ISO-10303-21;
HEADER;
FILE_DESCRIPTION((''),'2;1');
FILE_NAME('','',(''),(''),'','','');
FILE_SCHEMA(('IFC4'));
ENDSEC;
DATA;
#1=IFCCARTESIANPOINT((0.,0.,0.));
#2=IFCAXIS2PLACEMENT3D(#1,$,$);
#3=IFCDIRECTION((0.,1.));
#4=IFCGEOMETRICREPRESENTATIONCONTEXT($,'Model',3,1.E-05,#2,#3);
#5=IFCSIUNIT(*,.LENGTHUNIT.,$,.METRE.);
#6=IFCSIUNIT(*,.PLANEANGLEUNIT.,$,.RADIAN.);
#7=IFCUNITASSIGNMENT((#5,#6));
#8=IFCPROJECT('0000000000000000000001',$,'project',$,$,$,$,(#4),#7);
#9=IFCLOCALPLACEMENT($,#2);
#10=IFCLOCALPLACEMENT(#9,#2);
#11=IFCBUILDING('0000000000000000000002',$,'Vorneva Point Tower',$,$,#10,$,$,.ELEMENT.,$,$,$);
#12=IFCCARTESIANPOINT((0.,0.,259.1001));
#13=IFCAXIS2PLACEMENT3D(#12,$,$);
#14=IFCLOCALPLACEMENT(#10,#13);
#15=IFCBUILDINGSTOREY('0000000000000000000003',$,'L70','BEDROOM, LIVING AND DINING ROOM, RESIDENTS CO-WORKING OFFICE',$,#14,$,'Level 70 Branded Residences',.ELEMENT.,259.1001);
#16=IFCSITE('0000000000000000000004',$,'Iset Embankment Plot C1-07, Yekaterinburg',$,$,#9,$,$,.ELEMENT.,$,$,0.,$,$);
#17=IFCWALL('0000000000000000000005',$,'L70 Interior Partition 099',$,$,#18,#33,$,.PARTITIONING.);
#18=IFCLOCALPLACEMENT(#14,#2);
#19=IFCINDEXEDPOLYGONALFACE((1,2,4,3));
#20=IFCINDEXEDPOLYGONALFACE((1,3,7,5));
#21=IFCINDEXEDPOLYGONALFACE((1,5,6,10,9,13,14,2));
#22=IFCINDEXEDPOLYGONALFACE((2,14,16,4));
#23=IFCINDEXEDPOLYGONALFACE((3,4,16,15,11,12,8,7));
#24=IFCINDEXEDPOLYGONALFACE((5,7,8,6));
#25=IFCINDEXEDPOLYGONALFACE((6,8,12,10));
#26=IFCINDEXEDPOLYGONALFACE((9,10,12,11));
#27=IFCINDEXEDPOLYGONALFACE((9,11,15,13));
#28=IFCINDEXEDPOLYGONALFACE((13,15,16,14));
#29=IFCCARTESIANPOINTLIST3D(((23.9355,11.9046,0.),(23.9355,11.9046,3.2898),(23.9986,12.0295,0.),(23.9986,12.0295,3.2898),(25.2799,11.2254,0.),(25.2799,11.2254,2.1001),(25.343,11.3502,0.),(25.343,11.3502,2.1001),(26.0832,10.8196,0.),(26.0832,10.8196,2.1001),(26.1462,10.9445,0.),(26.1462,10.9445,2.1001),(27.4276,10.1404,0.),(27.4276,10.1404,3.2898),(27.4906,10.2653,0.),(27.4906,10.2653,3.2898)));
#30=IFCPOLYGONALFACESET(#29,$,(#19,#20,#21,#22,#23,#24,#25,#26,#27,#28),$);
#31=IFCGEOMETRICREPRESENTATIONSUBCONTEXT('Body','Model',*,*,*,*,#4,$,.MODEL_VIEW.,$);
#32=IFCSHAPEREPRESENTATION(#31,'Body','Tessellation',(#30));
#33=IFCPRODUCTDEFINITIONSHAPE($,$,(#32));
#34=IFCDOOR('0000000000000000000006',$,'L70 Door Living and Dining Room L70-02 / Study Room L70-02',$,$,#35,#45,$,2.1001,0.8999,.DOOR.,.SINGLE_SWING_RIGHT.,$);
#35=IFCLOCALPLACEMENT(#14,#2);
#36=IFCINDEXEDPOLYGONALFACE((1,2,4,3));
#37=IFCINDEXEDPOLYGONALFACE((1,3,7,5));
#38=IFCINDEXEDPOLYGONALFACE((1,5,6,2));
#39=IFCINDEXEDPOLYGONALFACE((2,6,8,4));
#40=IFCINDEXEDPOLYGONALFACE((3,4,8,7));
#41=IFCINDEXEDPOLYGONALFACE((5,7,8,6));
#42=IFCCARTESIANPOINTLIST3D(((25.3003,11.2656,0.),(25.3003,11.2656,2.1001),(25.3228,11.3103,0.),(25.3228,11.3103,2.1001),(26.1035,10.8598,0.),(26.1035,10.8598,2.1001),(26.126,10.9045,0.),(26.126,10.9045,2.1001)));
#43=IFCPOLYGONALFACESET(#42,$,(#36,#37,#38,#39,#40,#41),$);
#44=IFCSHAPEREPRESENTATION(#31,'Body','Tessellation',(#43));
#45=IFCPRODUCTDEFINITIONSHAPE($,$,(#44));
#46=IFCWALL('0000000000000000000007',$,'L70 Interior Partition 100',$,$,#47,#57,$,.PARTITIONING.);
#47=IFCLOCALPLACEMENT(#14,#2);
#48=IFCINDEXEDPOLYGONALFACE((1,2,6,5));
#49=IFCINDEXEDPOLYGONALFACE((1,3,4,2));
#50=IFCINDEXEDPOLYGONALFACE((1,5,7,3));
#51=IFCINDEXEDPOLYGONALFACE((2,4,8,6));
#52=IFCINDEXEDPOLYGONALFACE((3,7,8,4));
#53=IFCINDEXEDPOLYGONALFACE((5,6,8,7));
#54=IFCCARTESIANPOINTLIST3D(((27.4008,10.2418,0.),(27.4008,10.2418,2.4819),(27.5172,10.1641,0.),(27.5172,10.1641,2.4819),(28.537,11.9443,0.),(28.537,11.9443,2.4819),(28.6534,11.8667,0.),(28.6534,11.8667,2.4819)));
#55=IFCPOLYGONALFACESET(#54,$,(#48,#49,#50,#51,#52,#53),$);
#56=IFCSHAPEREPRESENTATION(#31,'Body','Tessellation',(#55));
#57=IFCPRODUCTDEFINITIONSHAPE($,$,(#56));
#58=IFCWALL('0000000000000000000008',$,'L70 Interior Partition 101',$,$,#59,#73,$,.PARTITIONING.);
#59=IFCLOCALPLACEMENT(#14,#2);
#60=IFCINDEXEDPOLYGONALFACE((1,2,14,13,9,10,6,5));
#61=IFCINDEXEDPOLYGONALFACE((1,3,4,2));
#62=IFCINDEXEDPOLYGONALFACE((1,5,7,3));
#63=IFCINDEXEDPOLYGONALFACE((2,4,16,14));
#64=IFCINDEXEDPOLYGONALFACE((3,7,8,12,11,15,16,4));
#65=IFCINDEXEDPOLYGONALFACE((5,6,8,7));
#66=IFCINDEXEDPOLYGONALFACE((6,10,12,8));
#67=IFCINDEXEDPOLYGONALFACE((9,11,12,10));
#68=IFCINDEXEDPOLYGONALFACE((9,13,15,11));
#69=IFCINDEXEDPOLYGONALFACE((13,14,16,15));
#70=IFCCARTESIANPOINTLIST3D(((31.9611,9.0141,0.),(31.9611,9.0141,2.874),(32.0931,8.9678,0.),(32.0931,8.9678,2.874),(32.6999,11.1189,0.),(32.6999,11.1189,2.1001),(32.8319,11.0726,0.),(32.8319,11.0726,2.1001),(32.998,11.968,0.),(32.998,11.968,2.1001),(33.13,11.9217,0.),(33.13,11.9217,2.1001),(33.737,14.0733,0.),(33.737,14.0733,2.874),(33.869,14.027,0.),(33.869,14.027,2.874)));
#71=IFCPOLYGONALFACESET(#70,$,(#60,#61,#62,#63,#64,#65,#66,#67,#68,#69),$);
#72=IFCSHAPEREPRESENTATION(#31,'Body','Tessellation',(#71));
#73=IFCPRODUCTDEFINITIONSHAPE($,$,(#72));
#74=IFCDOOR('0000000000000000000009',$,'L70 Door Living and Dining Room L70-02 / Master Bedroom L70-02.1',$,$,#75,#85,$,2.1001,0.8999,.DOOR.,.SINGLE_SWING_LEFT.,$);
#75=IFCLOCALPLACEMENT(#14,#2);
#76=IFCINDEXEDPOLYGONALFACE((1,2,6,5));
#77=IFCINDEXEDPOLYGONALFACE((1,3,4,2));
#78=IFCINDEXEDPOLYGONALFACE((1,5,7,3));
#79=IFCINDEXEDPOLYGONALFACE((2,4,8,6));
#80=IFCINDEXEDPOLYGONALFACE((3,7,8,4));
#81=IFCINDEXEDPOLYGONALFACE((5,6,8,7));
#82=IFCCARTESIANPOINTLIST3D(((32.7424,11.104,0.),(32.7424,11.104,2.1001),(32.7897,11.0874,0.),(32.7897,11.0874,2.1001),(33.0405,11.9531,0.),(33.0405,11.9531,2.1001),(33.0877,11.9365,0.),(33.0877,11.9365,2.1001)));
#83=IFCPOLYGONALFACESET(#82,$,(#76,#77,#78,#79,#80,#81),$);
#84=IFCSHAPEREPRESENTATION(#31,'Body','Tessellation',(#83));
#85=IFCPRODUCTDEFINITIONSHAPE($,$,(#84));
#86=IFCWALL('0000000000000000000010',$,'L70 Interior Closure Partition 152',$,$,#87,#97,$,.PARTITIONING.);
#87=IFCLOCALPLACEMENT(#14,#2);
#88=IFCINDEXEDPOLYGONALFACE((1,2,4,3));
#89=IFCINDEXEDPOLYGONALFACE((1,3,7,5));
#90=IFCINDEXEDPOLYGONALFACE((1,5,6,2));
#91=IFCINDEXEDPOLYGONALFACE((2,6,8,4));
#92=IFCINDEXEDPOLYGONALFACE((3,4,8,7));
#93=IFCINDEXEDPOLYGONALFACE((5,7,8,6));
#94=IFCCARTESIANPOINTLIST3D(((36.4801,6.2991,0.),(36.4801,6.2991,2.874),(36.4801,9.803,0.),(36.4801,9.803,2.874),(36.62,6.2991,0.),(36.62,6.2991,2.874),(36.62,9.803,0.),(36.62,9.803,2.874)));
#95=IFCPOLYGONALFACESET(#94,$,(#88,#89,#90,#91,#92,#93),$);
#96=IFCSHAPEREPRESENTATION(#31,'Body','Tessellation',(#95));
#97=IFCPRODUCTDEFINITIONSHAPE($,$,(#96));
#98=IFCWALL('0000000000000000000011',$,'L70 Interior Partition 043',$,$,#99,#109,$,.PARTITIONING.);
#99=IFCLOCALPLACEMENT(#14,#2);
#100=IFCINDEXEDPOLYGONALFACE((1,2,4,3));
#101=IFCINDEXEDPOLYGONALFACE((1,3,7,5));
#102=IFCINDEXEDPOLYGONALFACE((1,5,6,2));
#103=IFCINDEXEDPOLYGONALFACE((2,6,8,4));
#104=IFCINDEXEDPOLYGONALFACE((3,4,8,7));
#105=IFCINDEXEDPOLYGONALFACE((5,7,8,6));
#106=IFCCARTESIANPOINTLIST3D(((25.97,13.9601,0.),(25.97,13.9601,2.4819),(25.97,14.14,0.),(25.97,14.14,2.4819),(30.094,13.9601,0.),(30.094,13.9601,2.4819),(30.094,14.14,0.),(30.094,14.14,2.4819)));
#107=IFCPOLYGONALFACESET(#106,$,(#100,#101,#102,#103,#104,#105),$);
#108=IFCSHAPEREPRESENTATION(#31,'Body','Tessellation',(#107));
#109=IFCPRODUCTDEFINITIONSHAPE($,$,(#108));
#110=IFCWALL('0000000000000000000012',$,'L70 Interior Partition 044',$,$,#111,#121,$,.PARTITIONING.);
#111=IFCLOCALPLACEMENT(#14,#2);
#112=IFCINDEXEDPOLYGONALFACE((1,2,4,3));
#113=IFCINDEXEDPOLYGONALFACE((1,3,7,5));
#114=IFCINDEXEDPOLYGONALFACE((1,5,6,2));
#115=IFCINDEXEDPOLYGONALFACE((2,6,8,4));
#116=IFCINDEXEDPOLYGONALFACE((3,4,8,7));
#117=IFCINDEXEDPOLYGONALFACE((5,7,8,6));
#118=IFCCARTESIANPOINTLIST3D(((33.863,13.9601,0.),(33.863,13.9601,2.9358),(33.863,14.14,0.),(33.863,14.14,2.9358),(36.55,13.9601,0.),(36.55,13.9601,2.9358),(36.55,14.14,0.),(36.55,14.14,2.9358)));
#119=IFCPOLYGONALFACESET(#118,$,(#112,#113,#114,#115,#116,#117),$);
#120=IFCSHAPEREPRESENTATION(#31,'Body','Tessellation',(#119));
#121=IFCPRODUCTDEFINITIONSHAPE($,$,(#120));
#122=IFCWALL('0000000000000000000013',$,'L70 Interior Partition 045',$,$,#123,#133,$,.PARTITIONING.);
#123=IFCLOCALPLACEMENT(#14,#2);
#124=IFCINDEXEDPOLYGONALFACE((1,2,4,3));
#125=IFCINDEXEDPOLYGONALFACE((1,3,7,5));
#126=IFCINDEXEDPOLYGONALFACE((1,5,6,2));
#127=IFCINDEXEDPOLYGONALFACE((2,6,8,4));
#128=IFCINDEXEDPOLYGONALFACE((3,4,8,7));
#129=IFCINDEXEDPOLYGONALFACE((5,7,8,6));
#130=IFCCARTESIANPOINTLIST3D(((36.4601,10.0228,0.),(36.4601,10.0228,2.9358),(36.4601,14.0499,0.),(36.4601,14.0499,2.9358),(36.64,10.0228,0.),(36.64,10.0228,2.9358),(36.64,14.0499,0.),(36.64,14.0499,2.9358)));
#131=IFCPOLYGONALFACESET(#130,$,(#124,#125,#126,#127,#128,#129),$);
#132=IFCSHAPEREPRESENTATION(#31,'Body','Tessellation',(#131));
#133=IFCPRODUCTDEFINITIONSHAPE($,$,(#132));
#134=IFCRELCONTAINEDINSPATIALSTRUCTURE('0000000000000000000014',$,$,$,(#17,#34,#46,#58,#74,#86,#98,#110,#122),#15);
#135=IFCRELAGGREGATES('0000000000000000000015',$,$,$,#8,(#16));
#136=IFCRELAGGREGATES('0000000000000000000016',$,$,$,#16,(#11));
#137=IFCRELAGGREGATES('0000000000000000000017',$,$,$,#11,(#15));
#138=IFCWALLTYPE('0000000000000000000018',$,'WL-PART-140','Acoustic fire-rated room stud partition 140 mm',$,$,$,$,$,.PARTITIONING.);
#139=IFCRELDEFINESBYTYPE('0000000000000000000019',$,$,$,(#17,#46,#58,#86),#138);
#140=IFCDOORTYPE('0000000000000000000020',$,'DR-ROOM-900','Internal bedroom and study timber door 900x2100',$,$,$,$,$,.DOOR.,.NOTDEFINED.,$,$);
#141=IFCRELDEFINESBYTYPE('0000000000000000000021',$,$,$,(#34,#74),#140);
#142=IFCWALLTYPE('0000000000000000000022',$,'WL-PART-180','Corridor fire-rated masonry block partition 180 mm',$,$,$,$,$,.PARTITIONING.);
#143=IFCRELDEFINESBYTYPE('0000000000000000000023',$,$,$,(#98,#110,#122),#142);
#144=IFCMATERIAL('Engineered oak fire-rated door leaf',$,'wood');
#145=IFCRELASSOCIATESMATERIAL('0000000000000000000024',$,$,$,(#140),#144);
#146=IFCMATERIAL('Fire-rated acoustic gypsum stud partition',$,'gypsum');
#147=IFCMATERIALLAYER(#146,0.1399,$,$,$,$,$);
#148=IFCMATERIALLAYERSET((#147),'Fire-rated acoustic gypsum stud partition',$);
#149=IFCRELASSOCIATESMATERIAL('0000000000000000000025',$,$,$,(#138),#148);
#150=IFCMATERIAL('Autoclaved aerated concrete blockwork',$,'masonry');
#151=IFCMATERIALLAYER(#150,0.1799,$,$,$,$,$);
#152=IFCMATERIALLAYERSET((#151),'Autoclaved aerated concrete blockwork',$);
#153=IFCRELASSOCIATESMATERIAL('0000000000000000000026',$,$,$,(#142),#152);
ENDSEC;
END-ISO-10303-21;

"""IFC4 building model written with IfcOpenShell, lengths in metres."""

from ifc_helpers import new_model, si_unit, direction, frame, frame_2d, origin, place, context, subcontext, project, spatial, rectangle, extrude, material, layer, layer_set, type_object, element, fill, save


model = new_model("IFC4")

# Units and contexts
model_context = context("Model", 3, precision=1e-05, world=origin(), true_north=direction((0.0, 1.0)))
body_context = subcontext(model_context, "Body", "Model", "MODEL_VIEW")
ifc_project = project(units=[si_unit("LENGTHUNIT", "METRE"), si_unit("PLANEANGLEUNIT", "RADIAN")], contexts=[model_context])

# Site, building, storey
site_placement = place(None, origin())
site = spatial("IfcSite", under=ifc_project, at=site_placement, Name="Iset Embankment Plot C1-07, Yekaterinburg", CompositionType="ELEMENT", RefElevation=0.0)
building_placement = place(site_placement, origin())
building = spatial("IfcBuilding", under=site, at=building_placement, Name="Vorneva Point Tower", CompositionType="ELEMENT")
storey_placement = place(building_placement, frame((0.0, 0.0, 259.1001)))
storey = spatial("IfcBuildingStorey", under=building, at=storey_placement, Name="L70", Description="BEDROOM, LIVING AND DINING ROOM, RESIDENTS CO-WORKING OFFICE", LongName="Level 70 Branded Residences", CompositionType="ELEMENT", Elevation=259.1001)

# Shared definitions
ifc_material_1 = material(Name="Fire-rated acoustic gypsum stud partition", Category="gypsum")
ifc_material_2 = material(Name="Engineered oak fire-rated door leaf", Category="wood")

# Shared definitions
door_type_1 = type_object("IfcDoorType", Name="DR-ROOM-900", Description="Internal bedroom and study timber door 900x2100", OperationType="NOTDEFINED", PredefinedType="DOOR", material=ifc_material_2)

# Wall, opening, door
ifc_layer_1 = layer(ifc_material_1, 0.1399)
ifc_layer_set_1 = layer_set([ifc_layer_1], Name="Fire-rated acoustic gypsum stud partition")
wall_type_1 = type_object("IfcWallType", Name="WL-PART-140", Description="Acoustic fire-rated room stud partition 140 mm", PredefinedType="PARTITIONING", material=ifc_layer_set_1)
wall_1_placement = place(storey_placement, frame((27.459, 10.2029, 0.0), z_axis=(0.0, 0.0, 1.0), x_axis=(-0.89256, 0.450929, 0.0)))
wall_1 = element("IfcWall", 1, at=wall_1_placement, inside=storey, type_object=wall_type_1, Name="L70 Interior Partition 099", PredefinedType="PARTITIONING", context=body_context, shape_type="SweptSolid", body=[
    extrude(rectangle(XDim=3.9124, YDim=0.1399, at=frame_2d((1.9561, 0.0))), origin(), (0.0, 0.0, 1.0), 3.2898),
])
opening_1_placement = place(wall_1_placement, frame((1.5061, 0.0, 0.0)))
opening_1 = element("IfcOpeningElement", 2, at=opening_1_placement, cuts=wall_1, PredefinedType="OPENING", context=body_context, shape_type="SweptSolid", body=[
    extrude(rectangle(XDim=0.8999, YDim=2.1001, at=frame_2d((0.45, 1.05))), frame((0.0, 0.085, 0.0), z_axis=(0.0, -1.0, 0.0), x_axis=(1.0, 0.0, 0.0)), (0.0, 0.0, 1.0), 0.1697),
])
door_1_placement = place(opening_1_placement, origin())
door_1 = element("IfcDoor", 3, at=door_1_placement, inside=storey, type_object=door_type_1, Name="L70 Door Living and Dining Room L70-02 / Study Room L70-02", OperationType="SINGLE_SWING_RIGHT", OverallHeight=2.1001, OverallWidth=0.8999, PredefinedType="DOOR", context=body_context, shape_type="SweptSolid", body=[
    extrude(rectangle(XDim=0.8999, YDim=2.1001, at=frame_2d((0.45, 1.05))), frame((0.0, 0.0249, 0.0), z_axis=(0.0, -1.0, 0.0), x_axis=(1.0, 0.0, 0.0)), (0.0, 0.0, 1.0), 0.05),
])
fill(opening_1, door_1)

# Wall
wall_2_placement = place(storey_placement, frame((28.5952, 11.9055, 0.0), z_axis=(0.0, 0.0, 1.0), x_axis=(-0.555085, -0.831793, 0.0)))
element("IfcWall", 4, at=wall_2_placement, inside=storey, type_object=wall_type_1, Name="L70 Interior Partition 100", PredefinedType="PARTITIONING", context=body_context, shape_type="SweptSolid", body=[
    extrude(rectangle(XDim=2.0469, YDim=0.1399, at=frame_2d((1.0234, 0.0))), origin(), (0.0, 0.0, 1.0), 2.4819),
])

# Wall, opening, door
wall_3_placement = place(storey_placement, frame((32.0271, 8.991, 0.0), z_axis=(0.0, 0.0, 1.0), x_axis=(0.331214, 0.943556, 0.0)))
wall_3 = element("IfcWall", 5, at=wall_3_placement, inside=storey, type_object=wall_type_1, Name="L70 Interior Partition 101", PredefinedType="PARTITIONING", context=body_context, shape_type="SweptSolid", body=[
    extrude(rectangle(XDim=5.3618, YDim=0.1399, at=frame_2d((2.6809, 0.0))), origin(), (0.0, 0.0, 1.0), 2.874),
])
opening_2_placement = place(wall_3_placement, frame((2.2307, 0.0, 0.0)))
opening_2 = element("IfcOpeningElement", 6, at=opening_2_placement, cuts=wall_3, PredefinedType="OPENING", context=body_context, shape_type="SweptSolid", body=[
    extrude(rectangle(XDim=0.8999, YDim=2.1001, at=frame_2d((0.45, 1.05))), frame((0.0, 0.085, 0.0), z_axis=(0.0, -1.0, 0.0), x_axis=(1.0, 0.0, 0.0)), (0.0, 0.0, 1.0), 0.1697),
])
door_2_placement = place(opening_2_placement, origin())
door_2 = element("IfcDoor", 7, at=door_2_placement, inside=storey, type_object=door_type_1, Name="L70 Door Living and Dining Room L70-02 / Master Bedroom L70-02.1", OperationType="SINGLE_SWING_LEFT", OverallHeight=2.1001, OverallWidth=0.8999, PredefinedType="DOOR", context=body_context, shape_type="SweptSolid", body=[
    extrude(rectangle(XDim=0.8999, YDim=2.1001, at=frame_2d((0.45, 1.05))), frame((0.0, 0.0249, 0.0), z_axis=(0.0, -1.0, 0.0), x_axis=(1.0, 0.0, 0.0)), (0.0, 0.0, 1.0), 0.05),
])
fill(opening_2, door_2)

# Wall
wall_4_placement = place(storey_placement, frame((36.55, 9.803, 0.0), z_axis=(0.0, 0.0, 1.0), x_axis=(0.0, -1.0, 0.0)))
element("IfcWall", 8, at=wall_4_placement, inside=storey, type_object=wall_type_1, Name="L70 Interior Closure Partition 152", PredefinedType="PARTITIONING", context=body_context, shape_type="SweptSolid", body=[
    extrude(rectangle(XDim=3.5039, YDim=0.1399, at=frame_2d((1.752, 0.0))), origin(), (0.0, 0.0, 1.0), 2.874),
])

# Shared definitions
ifc_material_3 = material(Name="Autoclaved aerated concrete blockwork", Category="masonry")
ifc_layer_2 = layer(ifc_material_3, 0.1799)
ifc_layer_set_2 = layer_set([ifc_layer_2], Name="Autoclaved aerated concrete blockwork")
wall_type_2 = type_object("IfcWallType", Name="WL-PART-180", Description="Corridor fire-rated masonry block partition 180 mm", PredefinedType="PARTITIONING", material=ifc_layer_set_2)

# Walls
wall_5_placement = place(storey_placement, frame((25.97, 14.05, 0.0), z_axis=(0.0, 0.0, 1.0), x_axis=(1.0, 0.0, 0.0)))
element("IfcWall", 9, at=wall_5_placement, inside=storey, type_object=wall_type_2, Name="L70 Interior Partition 043", PredefinedType="PARTITIONING", context=body_context, shape_type="SweptSolid", body=[
    extrude(rectangle(XDim=4.124, YDim=0.1799, at=frame_2d((2.062, 0.0))), origin(), (0.0, 0.0, 1.0), 2.4819),
])
wall_6_placement = place(storey_placement, frame((33.863, 14.05, 0.0), z_axis=(0.0, 0.0, 1.0), x_axis=(1.0, 0.0, 0.0)))
element("IfcWall", 10, at=wall_6_placement, inside=storey, type_object=wall_type_2, Name="L70 Interior Partition 044", PredefinedType="PARTITIONING", context=body_context, shape_type="SweptSolid", body=[
    extrude(rectangle(XDim=2.687, YDim=0.1799, at=frame_2d((1.3435, 0.0))), origin(), (0.0, 0.0, 1.0), 2.9358),
])
wall_7_placement = place(storey_placement, frame((36.55, 14.05, 0.0), z_axis=(0.0, 0.0, 1.0), x_axis=(0.0, -1.0, 0.0)))
element("IfcWall", 11, at=wall_7_placement, inside=storey, type_object=wall_type_2, Name="L70 Interior Partition 045", PredefinedType="PARTITIONING", context=body_context, shape_type="SweptSolid", body=[
    extrude(rectangle(XDim=4.0271, YDim=0.1799, at=frame_2d((2.0137, 0.0))), origin(), (0.0, 0.0, 1.0), 2.9358),
])

save(model, "model.ifc")
